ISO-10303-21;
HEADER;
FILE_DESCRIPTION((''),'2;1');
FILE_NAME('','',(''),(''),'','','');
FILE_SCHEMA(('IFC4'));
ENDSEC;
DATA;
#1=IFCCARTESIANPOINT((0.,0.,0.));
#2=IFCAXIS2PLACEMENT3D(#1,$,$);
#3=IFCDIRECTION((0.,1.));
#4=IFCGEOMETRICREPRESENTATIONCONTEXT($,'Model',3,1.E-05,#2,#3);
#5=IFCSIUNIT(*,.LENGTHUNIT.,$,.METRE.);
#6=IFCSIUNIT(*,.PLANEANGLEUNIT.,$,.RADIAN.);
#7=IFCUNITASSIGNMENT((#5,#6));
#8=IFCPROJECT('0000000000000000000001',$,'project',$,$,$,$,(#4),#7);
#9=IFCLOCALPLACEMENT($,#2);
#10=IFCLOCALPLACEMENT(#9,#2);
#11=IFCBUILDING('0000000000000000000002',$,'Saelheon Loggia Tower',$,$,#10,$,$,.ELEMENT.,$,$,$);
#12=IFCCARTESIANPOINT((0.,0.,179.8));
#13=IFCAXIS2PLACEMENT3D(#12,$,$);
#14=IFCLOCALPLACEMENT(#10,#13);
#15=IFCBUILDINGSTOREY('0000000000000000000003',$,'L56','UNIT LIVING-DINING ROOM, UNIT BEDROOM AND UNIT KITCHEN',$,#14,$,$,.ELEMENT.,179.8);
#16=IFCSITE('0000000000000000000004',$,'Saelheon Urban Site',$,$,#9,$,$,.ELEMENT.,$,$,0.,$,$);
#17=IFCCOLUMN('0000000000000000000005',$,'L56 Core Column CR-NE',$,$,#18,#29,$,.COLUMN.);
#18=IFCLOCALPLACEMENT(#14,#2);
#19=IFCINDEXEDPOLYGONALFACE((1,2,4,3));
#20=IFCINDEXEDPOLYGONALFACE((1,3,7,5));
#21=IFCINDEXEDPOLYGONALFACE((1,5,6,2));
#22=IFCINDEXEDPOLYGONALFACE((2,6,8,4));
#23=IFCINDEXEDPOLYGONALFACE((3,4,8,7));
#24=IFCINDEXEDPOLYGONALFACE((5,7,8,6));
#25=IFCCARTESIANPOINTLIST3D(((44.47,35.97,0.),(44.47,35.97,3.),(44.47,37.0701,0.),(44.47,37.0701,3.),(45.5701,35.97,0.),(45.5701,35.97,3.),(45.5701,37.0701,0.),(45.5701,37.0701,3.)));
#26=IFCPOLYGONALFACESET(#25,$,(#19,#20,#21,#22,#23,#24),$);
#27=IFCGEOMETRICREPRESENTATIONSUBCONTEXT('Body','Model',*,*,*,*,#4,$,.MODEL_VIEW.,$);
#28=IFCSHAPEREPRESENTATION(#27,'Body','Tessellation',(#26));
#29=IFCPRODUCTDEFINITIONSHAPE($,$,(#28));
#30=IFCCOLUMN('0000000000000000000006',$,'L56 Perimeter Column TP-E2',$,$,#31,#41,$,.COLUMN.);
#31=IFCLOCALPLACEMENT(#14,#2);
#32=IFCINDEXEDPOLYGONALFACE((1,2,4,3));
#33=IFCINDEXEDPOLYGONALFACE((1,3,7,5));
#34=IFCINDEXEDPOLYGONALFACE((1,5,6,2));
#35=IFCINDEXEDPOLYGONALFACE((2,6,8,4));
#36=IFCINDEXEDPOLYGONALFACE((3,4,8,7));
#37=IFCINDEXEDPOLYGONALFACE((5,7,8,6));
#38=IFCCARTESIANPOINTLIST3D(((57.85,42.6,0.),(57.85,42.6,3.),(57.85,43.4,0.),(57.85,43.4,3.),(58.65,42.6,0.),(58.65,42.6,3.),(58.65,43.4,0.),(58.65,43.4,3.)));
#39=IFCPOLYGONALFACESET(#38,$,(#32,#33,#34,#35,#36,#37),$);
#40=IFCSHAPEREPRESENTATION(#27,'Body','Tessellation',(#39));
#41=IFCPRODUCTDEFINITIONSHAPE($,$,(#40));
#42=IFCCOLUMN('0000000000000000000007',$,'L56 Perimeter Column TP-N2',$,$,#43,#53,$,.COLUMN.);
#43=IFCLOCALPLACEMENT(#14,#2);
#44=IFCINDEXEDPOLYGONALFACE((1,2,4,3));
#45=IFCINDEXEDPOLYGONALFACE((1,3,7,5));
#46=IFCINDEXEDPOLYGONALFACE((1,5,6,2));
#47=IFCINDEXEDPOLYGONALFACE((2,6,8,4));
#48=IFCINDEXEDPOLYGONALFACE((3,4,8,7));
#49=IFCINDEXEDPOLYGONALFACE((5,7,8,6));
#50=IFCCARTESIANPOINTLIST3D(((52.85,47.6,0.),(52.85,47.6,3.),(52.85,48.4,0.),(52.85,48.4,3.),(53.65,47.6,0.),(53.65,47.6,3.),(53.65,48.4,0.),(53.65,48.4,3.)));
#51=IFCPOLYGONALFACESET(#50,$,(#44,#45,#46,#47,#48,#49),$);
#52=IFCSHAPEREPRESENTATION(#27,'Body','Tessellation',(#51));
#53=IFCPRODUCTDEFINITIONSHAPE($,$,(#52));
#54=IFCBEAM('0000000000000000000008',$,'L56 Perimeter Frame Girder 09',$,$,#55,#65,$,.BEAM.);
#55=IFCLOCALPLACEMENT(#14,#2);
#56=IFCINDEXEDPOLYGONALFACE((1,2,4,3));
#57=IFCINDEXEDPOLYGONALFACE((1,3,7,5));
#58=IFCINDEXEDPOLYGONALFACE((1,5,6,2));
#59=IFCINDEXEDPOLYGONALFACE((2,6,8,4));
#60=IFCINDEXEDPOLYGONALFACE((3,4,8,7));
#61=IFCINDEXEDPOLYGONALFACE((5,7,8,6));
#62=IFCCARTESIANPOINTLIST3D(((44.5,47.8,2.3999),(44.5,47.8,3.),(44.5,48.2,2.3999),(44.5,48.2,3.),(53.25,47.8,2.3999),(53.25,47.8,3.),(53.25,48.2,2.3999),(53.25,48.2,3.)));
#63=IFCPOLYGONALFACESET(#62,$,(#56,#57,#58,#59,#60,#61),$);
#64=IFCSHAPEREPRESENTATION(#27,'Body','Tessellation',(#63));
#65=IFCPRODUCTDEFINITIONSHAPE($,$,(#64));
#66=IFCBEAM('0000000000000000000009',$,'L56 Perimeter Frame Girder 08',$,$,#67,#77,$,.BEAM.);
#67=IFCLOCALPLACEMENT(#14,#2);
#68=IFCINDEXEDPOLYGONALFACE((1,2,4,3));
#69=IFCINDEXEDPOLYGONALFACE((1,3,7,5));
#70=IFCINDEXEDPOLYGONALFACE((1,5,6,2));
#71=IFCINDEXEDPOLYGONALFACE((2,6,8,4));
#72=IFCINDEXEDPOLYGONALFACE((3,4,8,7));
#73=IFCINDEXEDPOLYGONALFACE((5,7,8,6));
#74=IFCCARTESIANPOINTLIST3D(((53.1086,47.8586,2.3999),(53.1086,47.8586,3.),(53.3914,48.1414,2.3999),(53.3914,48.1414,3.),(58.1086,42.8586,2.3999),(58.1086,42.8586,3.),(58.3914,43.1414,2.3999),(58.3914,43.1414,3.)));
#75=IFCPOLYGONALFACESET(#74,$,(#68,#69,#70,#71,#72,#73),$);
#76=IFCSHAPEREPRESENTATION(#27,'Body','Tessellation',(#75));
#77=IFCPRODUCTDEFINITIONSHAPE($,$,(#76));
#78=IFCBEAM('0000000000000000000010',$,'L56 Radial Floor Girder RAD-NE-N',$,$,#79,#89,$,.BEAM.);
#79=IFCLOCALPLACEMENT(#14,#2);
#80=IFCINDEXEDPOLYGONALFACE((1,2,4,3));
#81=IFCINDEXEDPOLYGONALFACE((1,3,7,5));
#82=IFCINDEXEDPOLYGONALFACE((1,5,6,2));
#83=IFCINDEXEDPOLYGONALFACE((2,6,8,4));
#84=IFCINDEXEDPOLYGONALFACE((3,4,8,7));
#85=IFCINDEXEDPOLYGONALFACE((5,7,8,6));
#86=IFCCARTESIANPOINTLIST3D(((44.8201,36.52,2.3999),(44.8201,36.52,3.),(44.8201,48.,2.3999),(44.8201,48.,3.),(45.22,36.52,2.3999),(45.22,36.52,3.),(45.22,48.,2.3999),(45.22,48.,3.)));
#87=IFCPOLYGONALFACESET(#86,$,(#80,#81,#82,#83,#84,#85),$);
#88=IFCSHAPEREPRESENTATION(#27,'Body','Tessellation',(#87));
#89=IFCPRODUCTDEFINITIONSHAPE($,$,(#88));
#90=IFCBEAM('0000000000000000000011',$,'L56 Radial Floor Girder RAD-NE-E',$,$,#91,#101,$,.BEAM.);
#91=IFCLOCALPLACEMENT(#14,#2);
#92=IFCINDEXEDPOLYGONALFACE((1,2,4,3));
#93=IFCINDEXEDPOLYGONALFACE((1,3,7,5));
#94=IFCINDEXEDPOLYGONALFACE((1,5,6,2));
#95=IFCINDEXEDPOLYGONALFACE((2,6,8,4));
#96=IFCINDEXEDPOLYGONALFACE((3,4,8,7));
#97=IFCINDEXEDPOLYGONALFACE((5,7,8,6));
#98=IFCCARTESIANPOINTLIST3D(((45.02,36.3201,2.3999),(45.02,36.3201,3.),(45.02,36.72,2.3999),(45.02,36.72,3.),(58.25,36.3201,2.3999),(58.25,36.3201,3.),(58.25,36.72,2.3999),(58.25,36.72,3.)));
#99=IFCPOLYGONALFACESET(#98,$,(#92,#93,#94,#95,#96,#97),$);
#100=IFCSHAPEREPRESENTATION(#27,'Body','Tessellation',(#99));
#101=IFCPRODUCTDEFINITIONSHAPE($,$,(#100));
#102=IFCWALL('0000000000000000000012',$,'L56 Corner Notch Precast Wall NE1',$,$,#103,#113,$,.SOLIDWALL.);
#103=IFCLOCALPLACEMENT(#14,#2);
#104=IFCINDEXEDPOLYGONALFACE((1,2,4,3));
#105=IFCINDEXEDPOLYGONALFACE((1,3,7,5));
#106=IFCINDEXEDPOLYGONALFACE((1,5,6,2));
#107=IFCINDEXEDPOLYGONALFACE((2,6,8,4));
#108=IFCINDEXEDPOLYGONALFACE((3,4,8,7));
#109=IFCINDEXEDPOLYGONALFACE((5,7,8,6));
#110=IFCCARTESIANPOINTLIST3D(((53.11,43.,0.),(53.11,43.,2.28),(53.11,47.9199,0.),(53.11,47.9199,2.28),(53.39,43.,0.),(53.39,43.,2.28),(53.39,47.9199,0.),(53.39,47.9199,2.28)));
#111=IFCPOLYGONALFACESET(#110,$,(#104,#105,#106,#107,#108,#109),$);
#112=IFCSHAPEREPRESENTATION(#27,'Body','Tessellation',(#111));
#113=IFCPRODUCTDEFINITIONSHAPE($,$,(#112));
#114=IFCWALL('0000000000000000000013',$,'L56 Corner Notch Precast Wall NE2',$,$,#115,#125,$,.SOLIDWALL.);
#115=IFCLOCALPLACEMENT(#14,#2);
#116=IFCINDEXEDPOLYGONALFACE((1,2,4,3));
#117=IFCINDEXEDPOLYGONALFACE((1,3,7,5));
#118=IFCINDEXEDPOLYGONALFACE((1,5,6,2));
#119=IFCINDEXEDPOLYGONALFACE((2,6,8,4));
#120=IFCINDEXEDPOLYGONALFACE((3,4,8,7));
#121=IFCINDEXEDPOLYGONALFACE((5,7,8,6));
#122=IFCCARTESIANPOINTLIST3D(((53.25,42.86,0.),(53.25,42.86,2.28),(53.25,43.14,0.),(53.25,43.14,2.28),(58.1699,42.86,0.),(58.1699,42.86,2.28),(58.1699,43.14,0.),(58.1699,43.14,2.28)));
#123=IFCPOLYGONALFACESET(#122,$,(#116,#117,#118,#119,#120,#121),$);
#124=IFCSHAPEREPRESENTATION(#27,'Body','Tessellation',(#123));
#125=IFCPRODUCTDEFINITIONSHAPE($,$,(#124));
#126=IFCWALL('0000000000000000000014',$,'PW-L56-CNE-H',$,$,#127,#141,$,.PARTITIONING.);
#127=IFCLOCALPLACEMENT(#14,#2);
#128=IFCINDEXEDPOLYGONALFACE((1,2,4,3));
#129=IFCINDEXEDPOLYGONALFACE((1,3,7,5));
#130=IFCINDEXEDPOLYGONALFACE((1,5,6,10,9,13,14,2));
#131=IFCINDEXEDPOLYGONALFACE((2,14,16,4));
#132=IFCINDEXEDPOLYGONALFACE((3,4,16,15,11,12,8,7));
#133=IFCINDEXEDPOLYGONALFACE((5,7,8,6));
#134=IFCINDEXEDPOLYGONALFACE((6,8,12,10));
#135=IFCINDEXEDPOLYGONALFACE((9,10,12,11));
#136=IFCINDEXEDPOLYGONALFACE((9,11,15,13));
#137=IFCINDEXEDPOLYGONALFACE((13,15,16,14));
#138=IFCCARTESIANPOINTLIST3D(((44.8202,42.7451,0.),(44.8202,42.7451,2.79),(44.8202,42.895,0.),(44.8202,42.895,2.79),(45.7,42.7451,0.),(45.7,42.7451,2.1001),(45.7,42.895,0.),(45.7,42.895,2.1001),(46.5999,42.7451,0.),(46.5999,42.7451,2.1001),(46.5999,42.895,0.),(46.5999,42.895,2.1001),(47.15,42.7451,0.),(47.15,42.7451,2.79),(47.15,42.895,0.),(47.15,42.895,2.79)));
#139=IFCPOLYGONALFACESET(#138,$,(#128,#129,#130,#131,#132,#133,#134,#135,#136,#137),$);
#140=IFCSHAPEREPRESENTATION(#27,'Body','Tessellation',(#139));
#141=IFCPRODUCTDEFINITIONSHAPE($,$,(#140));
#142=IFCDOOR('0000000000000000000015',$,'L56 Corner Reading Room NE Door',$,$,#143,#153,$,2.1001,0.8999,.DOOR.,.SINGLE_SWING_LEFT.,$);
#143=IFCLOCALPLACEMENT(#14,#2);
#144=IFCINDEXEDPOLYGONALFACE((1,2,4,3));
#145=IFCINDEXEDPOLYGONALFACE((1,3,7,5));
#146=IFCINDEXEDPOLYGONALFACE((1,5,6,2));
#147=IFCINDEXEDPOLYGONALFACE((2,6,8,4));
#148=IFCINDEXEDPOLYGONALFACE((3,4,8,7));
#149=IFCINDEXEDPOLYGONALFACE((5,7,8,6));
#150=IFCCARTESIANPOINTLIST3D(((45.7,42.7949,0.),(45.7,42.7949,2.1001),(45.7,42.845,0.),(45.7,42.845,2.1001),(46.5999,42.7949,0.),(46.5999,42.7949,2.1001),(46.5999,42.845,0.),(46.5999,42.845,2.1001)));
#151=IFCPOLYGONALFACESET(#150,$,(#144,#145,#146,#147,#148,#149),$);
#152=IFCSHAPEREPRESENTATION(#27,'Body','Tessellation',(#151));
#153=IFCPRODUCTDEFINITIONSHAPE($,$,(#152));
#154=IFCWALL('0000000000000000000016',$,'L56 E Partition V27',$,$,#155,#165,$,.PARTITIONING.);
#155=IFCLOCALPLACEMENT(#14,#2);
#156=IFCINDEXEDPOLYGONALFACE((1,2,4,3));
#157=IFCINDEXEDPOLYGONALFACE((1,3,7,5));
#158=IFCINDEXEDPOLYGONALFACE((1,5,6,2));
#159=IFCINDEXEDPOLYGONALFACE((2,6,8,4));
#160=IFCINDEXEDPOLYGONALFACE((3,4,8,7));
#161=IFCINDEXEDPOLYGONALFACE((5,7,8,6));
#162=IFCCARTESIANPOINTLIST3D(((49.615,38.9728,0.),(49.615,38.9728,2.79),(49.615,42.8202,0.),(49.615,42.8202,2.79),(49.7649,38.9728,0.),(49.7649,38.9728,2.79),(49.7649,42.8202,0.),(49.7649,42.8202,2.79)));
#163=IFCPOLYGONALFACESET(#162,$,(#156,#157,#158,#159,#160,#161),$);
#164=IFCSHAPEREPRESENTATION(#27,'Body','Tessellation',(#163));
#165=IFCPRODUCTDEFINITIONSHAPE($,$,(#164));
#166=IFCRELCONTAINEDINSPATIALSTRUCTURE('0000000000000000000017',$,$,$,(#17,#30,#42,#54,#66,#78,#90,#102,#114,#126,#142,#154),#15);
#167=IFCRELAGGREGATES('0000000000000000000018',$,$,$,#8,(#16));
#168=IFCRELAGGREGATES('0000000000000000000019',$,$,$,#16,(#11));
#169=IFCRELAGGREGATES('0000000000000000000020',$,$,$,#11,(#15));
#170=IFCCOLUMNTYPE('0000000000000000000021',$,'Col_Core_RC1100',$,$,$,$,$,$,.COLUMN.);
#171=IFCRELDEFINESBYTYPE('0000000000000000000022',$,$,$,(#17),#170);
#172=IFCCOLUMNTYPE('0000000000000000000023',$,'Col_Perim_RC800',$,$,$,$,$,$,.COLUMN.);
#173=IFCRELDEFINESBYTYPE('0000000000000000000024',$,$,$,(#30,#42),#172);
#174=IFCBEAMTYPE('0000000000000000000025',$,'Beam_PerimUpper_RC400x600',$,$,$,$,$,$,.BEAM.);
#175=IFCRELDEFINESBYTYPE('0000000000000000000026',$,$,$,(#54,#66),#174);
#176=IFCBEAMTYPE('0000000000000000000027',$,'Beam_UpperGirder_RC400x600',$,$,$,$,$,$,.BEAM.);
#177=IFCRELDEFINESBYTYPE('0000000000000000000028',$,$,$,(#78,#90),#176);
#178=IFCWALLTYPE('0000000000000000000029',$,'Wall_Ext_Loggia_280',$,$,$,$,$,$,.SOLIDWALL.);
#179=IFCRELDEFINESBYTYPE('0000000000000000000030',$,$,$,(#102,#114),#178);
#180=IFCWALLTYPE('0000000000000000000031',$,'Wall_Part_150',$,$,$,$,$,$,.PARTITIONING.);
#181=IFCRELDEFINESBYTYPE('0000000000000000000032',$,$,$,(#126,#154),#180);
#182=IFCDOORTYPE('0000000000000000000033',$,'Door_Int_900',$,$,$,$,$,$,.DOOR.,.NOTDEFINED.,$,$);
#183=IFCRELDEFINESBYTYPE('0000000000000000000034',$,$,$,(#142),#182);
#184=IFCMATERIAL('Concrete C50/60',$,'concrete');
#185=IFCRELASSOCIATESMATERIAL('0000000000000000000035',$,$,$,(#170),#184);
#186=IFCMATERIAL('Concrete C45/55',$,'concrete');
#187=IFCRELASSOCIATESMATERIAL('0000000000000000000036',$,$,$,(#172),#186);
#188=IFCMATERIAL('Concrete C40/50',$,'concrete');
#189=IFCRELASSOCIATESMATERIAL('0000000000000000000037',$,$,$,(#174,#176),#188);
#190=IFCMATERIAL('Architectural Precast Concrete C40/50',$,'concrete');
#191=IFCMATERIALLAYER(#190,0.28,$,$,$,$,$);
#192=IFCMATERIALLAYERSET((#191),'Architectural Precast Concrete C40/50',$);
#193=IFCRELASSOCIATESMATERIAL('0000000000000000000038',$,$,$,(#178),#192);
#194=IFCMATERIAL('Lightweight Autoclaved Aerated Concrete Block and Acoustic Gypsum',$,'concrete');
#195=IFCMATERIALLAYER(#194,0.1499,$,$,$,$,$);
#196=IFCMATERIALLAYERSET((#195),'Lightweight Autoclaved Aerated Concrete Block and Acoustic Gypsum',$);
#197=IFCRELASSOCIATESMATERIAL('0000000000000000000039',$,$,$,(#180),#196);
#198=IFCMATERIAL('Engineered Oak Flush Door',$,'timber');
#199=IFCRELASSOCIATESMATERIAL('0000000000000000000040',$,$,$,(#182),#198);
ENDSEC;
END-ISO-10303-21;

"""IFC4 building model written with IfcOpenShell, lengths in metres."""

from ifc_helpers import new_model, si_unit, direction, frame, frame_2d, origin, origin_2d, place, context, subcontext, project, spatial, rectangle, extrude, source, transform, mapped, material, layer, layer_set, material_profile, profile_set, type_object, element, fill, save


model = new_model("IFC4")

# Units and contexts
model_context = context("Model", 3, precision=1e-05, world=origin(), true_north=direction((0.0, 1.0)))
body_context = subcontext(model_context, "Body", "Model", "MODEL_VIEW")
ifc_project = project(units=[si_unit("LENGTHUNIT", "METRE"), si_unit("PLANEANGLEUNIT", "RADIAN")], contexts=[model_context])

# Site, building, storey
site_placement = place(None, origin())
site = spatial("IfcSite", under=ifc_project, at=site_placement, Name="Saelheon Urban Site", CompositionType="ELEMENT", RefElevation=0.0)
building_placement = place(site_placement, origin())
building = spatial("IfcBuilding", under=site, at=building_placement, Name="Saelheon Loggia Tower", CompositionType="ELEMENT")
storey_placement = place(building_placement, frame((0.0, 0.0, 179.8)))
storey = spatial("IfcBuildingStorey", under=building, at=storey_placement, Name="L56", Description="UNIT LIVING-DINING ROOM, UNIT BEDROOM AND UNIT KITCHEN", CompositionType="ELEMENT", Elevation=179.8)

# Columns
ifc_material_1 = material(Name="Concrete C50/60", Category="concrete")
ifc_material_profile_1 = material_profile(ifc_material_1, rectangle(XDim=1.1001, YDim=1.1001, at=origin_2d()), Name="RC-1100x1100")
ifc_profile_set_1 = profile_set([ifc_material_profile_1], Name="Concrete C50/60")
column_type_1 = type_object("IfcColumnType", Name="Col_Core_RC1100", PredefinedType="COLUMN", material=ifc_profile_set_1)
shared_shape_1 = source(origin(), body_context, "Body", "SweptSolid", [
    extrude(rectangle(XDim=1.1001, YDim=1.1001, at=origin_2d()), origin(), (0.0, 0.0, 1.0), 3.0),
])
column_placement = place(storey_placement, frame((45.02, 36.52, 0.0), z_axis=(0.0, 0.0, 1.0), x_axis=(1.0, 0.0, 0.0)))
element("IfcColumn", 1, at=column_placement, inside=storey, type_object=column_type_1, Name="L56 Core Column CR-NE", PredefinedType="COLUMN", context=body_context, shape_type="MappedRepresentation", body=[
    mapped(shared_shape_1, transform((0.0, 0.0, 0.0), scale=1.0)),
])
ifc_material_2 = material(Name="Concrete C45/55", Category="concrete")
ifc_material_profile_2 = material_profile(ifc_material_2, rectangle(XDim=0.8, YDim=0.8, at=origin_2d()), Name="RC-800x800")
ifc_profile_set_2 = profile_set([ifc_material_profile_2], Name="Concrete C45/55")
column_type_2 = type_object("IfcColumnType", Name="Col_Perim_RC800", PredefinedType="COLUMN", material=ifc_profile_set_2)
shared_shape_2 = source(origin(), body_context, "Body", "SweptSolid", [
    extrude(rectangle(XDim=0.8, YDim=0.8, at=origin_2d()), origin(), (0.0, 0.0, 1.0), 3.0),
])
for number, where, z_axis, x_axis, name in (
    (2, (58.25, 43.0, 0.0), (0.0, 0.0, 1.0), (1.0, 0.0, 0.0), "L56 Perimeter Column TP-E2"),
    (3, (53.25, 48.0, 0.0), (0.0, 0.0, 1.0), (1.0, 0.0, 0.0), "L56 Perimeter Column TP-N2"),
):
    element("IfcColumn", number, at=place(storey_placement, frame(where, z_axis=z_axis, x_axis=x_axis)), inside=storey, type_object=column_type_2, Name=name, PredefinedType="COLUMN", context=body_context, shape_type="MappedRepresentation", body=[
        mapped(shared_shape_2, transform((0.0, 0.0, 0.0), scale=1.0)),
    ])

# Beams
ifc_material_3 = material(Name="Concrete C40/50", Category="concrete")
ifc_material_profile_3 = material_profile(ifc_material_3, rectangle(XDim=0.3999, YDim=0.6001, at=origin_2d()), Name="RC-400x600")
ifc_profile_set_3 = profile_set([ifc_material_profile_3], Name="Concrete C40/50")
beam_type_1 = type_object("IfcBeamType", Name="Beam_PerimUpper_RC400x600", PredefinedType="BEAM", material=ifc_profile_set_3)
shared_shape_3 = source(origin(), body_context, "Body", "SweptSolid", [
    extrude(rectangle(XDim=0.3999, YDim=0.6001, at=origin_2d()), origin(), (0.0, 0.0, 1.0), 8.75),
])
beam_1_placement = place(storey_placement, frame((53.25, 48.0, 2.7), z_axis=(-1.0, 0.0, 0.0), x_axis=(0.0, -1.0, 0.0)))
element("IfcBeam", 4, at=beam_1_placement, inside=storey, type_object=beam_type_1, Name="L56 Perimeter Frame Girder 09", PredefinedType="BEAM", context=body_context, shape_type="MappedRepresentation", body=[
    mapped(shared_shape_3, transform((0.0, 0.0, 0.0), scale=1.0)),
])
shared_shape_4 = source(origin(), body_context, "Body", "SweptSolid", [
    extrude(rectangle(XDim=0.3999, YDim=0.6001, at=origin_2d()), origin(), (0.0, 0.0, 1.0), 7.071),
])
beam_2_placement = place(storey_placement, frame((58.25, 43.0, 2.7), z_axis=(-0.707107, 0.707107, 0.0), x_axis=(-0.707107, -0.707107, 0.0)))
element("IfcBeam", 5, at=beam_2_placement, inside=storey, type_object=beam_type_1, Name="L56 Perimeter Frame Girder 08", PredefinedType="BEAM", context=body_context, shape_type="MappedRepresentation", body=[
    mapped(shared_shape_4, transform((0.0, 0.0, 0.0), scale=1.0)),
])
ifc_material_profile_4 = material_profile(ifc_material_3, rectangle(XDim=0.3999, YDim=0.6001, at=origin_2d()), Name="RC-400x600")
ifc_profile_set_4 = profile_set([ifc_material_profile_4], Name="Concrete C40/50")
beam_type_2 = type_object("IfcBeamType", Name="Beam_UpperGirder_RC400x600", PredefinedType="BEAM", material=ifc_profile_set_4)
shared_shape_5 = source(origin(), body_context, "Body", "SweptSolid", [
    extrude(rectangle(XDim=0.3999, YDim=0.6001, at=origin_2d()), origin(), (0.0, 0.0, 1.0), 11.48),
])
beam_3_placement = place(storey_placement, frame((45.02, 36.52, 2.7), z_axis=(0.0, 1.0, 0.0), x_axis=(-1.0, 0.0, 0.0)))
element("IfcBeam", 6, at=beam_3_placement, inside=storey, type_object=beam_type_2, Name="L56 Radial Floor Girder RAD-NE-N", PredefinedType="BEAM", context=body_context, shape_type="MappedRepresentation", body=[
    mapped(shared_shape_5, transform((0.0, 0.0, 0.0), scale=1.0)),
])
shared_shape_6 = source(origin(), body_context, "Body", "SweptSolid", [
    extrude(rectangle(XDim=0.3999, YDim=0.6001, at=origin_2d()), origin(), (0.0, 0.0, 1.0), 13.23),
])
beam_4_placement = place(storey_placement, frame((45.02, 36.52, 2.7), z_axis=(1.0, 0.0, 0.0), x_axis=(0.0, 1.0, 0.0)))
element("IfcBeam", 7, at=beam_4_placement, inside=storey, type_object=beam_type_2, Name="L56 Radial Floor Girder RAD-NE-E", PredefinedType="BEAM", context=body_context, shape_type="MappedRepresentation", body=[
    mapped(shared_shape_6, transform((0.0, 0.0, 0.0), scale=1.0)),
])

# Walls
ifc_material_4 = material(Name="Architectural Precast Concrete C40/50", Category="concrete")
ifc_layer_1 = layer(ifc_material_4, 0.28)
ifc_layer_set_1 = layer_set([ifc_layer_1], Name="Architectural Precast Concrete C40/50")
wall_type_1 = type_object("IfcWallType", Name="Wall_Ext_Loggia_280", PredefinedType="SOLIDWALL", material=ifc_layer_set_1)
for number, where, z_axis, x_axis, name in (
    (8, (53.25, 43.0, 0.0), (0.0, 0.0, 1.0), (0.0, 1.0, 0.0), "L56 Corner Notch Precast Wall NE1"),
    (9, (53.25, 43.0, 0.0), (0.0, 0.0, 1.0), (1.0, 0.0, 0.0), "L56 Corner Notch Precast Wall NE2"),
):
    element("IfcWall", number, at=place(storey_placement, frame(where, z_axis=z_axis, x_axis=x_axis)), inside=storey, type_object=wall_type_1, Name=name, PredefinedType="SOLIDWALL", context=body_context, shape_type="SweptSolid", body=[
        extrude(rectangle(XDim=4.9199, YDim=0.28, at=frame_2d((2.46, 0.0))), origin(), (0.0, 0.0, 1.0), 2.28),
    ])

# Wall, opening, door
ifc_material_5 = material(Name="Lightweight Autoclaved Aerated Concrete Block and Acoustic Gypsum", Category="concrete")
ifc_layer_2 = layer(ifc_material_5, 0.1499)
ifc_layer_set_2 = layer_set([ifc_layer_2], Name="Lightweight Autoclaved Aerated Concrete Block and Acoustic Gypsum")
wall_type_2 = type_object("IfcWallType", Name="Wall_Part_150", PredefinedType="PARTITIONING", material=ifc_layer_set_2)
wall_1_placement = place(storey_placement, frame((44.8201, 42.8201, 0.0), z_axis=(0.0, 0.0, 1.0), x_axis=(1.0, 0.0, 0.0)))
wall_1 = element("IfcWall", 10, at=wall_1_placement, inside=storey, type_object=wall_type_2, Name="PW-L56-CNE-H", PredefinedType="PARTITIONING", context=body_context, shape_type="SweptSolid", body=[
    extrude(rectangle(XDim=2.3298, YDim=0.1499, at=frame_2d((1.165, 0.0))), origin(), (0.0, 0.0, 1.0), 2.79),
])
opening_1_placement = place(wall_1_placement, frame((0.8799, 0.0, 0.0)))
opening_1 = element("IfcOpeningElement", 11, at=opening_1_placement, cuts=wall_1, PredefinedType="OPENING", context=body_context, shape_type="SweptSolid", body=[
    extrude(rectangle(XDim=0.8999, YDim=2.1001, at=frame_2d((0.45, 1.05))), frame((0.0, 0.0869, 0.0), z_axis=(0.0, -1.0, 0.0), x_axis=(1.0, 0.0, 0.0)), (0.0, 0.0, 1.0), 0.1738),
])
ifc_material_6 = material(Name="Engineered Oak Flush Door", Category="timber")
door_type = type_object("IfcDoorType", Name="Door_Int_900", OperationType="NOTDEFINED", PredefinedType="DOOR", material=ifc_material_6)
shared_shape_7 = source(origin(), body_context, "Body", "SweptSolid", [
    extrude(rectangle(XDim=0.8999, YDim=2.1001, at=frame_2d((0.45, 1.05))), frame((0.0, 0.0249, 0.0), z_axis=(0.0, -1.0, 0.0), x_axis=(1.0, 0.0, 0.0)), (0.0, 0.0, 1.0), 0.05),
])
door_1_placement = place(opening_1_placement, origin())
door_1 = element("IfcDoor", 12, at=door_1_placement, inside=storey, type_object=door_type, Name="L56 Corner Reading Room NE Door", OperationType="SINGLE_SWING_LEFT", OverallHeight=2.1001, OverallWidth=0.8999, PredefinedType="DOOR", context=body_context, shape_type="MappedRepresentation", body=[
    mapped(shared_shape_7, transform((0.0, 0.0, 0.0), scale=1.0)),
])
fill(opening_1, door_1)

# Wall
wall_2_placement = place(storey_placement, frame((49.6899, 38.9727, 0.0), z_axis=(0.0, 0.0, 1.0), x_axis=(0.0, 1.0, 0.0)))
element("IfcWall", 13, at=wall_2_placement, inside=storey, type_object=wall_type_2, Name="L56 E Partition V27", PredefinedType="PARTITIONING", context=body_context, shape_type="SweptSolid", body=[
    extrude(rectangle(XDim=3.8474, YDim=0.1499, at=frame_2d((1.9238, 0.0))), origin(), (0.0, 0.0, 1.0), 2.79),
])

save(model, "model.ifc")
